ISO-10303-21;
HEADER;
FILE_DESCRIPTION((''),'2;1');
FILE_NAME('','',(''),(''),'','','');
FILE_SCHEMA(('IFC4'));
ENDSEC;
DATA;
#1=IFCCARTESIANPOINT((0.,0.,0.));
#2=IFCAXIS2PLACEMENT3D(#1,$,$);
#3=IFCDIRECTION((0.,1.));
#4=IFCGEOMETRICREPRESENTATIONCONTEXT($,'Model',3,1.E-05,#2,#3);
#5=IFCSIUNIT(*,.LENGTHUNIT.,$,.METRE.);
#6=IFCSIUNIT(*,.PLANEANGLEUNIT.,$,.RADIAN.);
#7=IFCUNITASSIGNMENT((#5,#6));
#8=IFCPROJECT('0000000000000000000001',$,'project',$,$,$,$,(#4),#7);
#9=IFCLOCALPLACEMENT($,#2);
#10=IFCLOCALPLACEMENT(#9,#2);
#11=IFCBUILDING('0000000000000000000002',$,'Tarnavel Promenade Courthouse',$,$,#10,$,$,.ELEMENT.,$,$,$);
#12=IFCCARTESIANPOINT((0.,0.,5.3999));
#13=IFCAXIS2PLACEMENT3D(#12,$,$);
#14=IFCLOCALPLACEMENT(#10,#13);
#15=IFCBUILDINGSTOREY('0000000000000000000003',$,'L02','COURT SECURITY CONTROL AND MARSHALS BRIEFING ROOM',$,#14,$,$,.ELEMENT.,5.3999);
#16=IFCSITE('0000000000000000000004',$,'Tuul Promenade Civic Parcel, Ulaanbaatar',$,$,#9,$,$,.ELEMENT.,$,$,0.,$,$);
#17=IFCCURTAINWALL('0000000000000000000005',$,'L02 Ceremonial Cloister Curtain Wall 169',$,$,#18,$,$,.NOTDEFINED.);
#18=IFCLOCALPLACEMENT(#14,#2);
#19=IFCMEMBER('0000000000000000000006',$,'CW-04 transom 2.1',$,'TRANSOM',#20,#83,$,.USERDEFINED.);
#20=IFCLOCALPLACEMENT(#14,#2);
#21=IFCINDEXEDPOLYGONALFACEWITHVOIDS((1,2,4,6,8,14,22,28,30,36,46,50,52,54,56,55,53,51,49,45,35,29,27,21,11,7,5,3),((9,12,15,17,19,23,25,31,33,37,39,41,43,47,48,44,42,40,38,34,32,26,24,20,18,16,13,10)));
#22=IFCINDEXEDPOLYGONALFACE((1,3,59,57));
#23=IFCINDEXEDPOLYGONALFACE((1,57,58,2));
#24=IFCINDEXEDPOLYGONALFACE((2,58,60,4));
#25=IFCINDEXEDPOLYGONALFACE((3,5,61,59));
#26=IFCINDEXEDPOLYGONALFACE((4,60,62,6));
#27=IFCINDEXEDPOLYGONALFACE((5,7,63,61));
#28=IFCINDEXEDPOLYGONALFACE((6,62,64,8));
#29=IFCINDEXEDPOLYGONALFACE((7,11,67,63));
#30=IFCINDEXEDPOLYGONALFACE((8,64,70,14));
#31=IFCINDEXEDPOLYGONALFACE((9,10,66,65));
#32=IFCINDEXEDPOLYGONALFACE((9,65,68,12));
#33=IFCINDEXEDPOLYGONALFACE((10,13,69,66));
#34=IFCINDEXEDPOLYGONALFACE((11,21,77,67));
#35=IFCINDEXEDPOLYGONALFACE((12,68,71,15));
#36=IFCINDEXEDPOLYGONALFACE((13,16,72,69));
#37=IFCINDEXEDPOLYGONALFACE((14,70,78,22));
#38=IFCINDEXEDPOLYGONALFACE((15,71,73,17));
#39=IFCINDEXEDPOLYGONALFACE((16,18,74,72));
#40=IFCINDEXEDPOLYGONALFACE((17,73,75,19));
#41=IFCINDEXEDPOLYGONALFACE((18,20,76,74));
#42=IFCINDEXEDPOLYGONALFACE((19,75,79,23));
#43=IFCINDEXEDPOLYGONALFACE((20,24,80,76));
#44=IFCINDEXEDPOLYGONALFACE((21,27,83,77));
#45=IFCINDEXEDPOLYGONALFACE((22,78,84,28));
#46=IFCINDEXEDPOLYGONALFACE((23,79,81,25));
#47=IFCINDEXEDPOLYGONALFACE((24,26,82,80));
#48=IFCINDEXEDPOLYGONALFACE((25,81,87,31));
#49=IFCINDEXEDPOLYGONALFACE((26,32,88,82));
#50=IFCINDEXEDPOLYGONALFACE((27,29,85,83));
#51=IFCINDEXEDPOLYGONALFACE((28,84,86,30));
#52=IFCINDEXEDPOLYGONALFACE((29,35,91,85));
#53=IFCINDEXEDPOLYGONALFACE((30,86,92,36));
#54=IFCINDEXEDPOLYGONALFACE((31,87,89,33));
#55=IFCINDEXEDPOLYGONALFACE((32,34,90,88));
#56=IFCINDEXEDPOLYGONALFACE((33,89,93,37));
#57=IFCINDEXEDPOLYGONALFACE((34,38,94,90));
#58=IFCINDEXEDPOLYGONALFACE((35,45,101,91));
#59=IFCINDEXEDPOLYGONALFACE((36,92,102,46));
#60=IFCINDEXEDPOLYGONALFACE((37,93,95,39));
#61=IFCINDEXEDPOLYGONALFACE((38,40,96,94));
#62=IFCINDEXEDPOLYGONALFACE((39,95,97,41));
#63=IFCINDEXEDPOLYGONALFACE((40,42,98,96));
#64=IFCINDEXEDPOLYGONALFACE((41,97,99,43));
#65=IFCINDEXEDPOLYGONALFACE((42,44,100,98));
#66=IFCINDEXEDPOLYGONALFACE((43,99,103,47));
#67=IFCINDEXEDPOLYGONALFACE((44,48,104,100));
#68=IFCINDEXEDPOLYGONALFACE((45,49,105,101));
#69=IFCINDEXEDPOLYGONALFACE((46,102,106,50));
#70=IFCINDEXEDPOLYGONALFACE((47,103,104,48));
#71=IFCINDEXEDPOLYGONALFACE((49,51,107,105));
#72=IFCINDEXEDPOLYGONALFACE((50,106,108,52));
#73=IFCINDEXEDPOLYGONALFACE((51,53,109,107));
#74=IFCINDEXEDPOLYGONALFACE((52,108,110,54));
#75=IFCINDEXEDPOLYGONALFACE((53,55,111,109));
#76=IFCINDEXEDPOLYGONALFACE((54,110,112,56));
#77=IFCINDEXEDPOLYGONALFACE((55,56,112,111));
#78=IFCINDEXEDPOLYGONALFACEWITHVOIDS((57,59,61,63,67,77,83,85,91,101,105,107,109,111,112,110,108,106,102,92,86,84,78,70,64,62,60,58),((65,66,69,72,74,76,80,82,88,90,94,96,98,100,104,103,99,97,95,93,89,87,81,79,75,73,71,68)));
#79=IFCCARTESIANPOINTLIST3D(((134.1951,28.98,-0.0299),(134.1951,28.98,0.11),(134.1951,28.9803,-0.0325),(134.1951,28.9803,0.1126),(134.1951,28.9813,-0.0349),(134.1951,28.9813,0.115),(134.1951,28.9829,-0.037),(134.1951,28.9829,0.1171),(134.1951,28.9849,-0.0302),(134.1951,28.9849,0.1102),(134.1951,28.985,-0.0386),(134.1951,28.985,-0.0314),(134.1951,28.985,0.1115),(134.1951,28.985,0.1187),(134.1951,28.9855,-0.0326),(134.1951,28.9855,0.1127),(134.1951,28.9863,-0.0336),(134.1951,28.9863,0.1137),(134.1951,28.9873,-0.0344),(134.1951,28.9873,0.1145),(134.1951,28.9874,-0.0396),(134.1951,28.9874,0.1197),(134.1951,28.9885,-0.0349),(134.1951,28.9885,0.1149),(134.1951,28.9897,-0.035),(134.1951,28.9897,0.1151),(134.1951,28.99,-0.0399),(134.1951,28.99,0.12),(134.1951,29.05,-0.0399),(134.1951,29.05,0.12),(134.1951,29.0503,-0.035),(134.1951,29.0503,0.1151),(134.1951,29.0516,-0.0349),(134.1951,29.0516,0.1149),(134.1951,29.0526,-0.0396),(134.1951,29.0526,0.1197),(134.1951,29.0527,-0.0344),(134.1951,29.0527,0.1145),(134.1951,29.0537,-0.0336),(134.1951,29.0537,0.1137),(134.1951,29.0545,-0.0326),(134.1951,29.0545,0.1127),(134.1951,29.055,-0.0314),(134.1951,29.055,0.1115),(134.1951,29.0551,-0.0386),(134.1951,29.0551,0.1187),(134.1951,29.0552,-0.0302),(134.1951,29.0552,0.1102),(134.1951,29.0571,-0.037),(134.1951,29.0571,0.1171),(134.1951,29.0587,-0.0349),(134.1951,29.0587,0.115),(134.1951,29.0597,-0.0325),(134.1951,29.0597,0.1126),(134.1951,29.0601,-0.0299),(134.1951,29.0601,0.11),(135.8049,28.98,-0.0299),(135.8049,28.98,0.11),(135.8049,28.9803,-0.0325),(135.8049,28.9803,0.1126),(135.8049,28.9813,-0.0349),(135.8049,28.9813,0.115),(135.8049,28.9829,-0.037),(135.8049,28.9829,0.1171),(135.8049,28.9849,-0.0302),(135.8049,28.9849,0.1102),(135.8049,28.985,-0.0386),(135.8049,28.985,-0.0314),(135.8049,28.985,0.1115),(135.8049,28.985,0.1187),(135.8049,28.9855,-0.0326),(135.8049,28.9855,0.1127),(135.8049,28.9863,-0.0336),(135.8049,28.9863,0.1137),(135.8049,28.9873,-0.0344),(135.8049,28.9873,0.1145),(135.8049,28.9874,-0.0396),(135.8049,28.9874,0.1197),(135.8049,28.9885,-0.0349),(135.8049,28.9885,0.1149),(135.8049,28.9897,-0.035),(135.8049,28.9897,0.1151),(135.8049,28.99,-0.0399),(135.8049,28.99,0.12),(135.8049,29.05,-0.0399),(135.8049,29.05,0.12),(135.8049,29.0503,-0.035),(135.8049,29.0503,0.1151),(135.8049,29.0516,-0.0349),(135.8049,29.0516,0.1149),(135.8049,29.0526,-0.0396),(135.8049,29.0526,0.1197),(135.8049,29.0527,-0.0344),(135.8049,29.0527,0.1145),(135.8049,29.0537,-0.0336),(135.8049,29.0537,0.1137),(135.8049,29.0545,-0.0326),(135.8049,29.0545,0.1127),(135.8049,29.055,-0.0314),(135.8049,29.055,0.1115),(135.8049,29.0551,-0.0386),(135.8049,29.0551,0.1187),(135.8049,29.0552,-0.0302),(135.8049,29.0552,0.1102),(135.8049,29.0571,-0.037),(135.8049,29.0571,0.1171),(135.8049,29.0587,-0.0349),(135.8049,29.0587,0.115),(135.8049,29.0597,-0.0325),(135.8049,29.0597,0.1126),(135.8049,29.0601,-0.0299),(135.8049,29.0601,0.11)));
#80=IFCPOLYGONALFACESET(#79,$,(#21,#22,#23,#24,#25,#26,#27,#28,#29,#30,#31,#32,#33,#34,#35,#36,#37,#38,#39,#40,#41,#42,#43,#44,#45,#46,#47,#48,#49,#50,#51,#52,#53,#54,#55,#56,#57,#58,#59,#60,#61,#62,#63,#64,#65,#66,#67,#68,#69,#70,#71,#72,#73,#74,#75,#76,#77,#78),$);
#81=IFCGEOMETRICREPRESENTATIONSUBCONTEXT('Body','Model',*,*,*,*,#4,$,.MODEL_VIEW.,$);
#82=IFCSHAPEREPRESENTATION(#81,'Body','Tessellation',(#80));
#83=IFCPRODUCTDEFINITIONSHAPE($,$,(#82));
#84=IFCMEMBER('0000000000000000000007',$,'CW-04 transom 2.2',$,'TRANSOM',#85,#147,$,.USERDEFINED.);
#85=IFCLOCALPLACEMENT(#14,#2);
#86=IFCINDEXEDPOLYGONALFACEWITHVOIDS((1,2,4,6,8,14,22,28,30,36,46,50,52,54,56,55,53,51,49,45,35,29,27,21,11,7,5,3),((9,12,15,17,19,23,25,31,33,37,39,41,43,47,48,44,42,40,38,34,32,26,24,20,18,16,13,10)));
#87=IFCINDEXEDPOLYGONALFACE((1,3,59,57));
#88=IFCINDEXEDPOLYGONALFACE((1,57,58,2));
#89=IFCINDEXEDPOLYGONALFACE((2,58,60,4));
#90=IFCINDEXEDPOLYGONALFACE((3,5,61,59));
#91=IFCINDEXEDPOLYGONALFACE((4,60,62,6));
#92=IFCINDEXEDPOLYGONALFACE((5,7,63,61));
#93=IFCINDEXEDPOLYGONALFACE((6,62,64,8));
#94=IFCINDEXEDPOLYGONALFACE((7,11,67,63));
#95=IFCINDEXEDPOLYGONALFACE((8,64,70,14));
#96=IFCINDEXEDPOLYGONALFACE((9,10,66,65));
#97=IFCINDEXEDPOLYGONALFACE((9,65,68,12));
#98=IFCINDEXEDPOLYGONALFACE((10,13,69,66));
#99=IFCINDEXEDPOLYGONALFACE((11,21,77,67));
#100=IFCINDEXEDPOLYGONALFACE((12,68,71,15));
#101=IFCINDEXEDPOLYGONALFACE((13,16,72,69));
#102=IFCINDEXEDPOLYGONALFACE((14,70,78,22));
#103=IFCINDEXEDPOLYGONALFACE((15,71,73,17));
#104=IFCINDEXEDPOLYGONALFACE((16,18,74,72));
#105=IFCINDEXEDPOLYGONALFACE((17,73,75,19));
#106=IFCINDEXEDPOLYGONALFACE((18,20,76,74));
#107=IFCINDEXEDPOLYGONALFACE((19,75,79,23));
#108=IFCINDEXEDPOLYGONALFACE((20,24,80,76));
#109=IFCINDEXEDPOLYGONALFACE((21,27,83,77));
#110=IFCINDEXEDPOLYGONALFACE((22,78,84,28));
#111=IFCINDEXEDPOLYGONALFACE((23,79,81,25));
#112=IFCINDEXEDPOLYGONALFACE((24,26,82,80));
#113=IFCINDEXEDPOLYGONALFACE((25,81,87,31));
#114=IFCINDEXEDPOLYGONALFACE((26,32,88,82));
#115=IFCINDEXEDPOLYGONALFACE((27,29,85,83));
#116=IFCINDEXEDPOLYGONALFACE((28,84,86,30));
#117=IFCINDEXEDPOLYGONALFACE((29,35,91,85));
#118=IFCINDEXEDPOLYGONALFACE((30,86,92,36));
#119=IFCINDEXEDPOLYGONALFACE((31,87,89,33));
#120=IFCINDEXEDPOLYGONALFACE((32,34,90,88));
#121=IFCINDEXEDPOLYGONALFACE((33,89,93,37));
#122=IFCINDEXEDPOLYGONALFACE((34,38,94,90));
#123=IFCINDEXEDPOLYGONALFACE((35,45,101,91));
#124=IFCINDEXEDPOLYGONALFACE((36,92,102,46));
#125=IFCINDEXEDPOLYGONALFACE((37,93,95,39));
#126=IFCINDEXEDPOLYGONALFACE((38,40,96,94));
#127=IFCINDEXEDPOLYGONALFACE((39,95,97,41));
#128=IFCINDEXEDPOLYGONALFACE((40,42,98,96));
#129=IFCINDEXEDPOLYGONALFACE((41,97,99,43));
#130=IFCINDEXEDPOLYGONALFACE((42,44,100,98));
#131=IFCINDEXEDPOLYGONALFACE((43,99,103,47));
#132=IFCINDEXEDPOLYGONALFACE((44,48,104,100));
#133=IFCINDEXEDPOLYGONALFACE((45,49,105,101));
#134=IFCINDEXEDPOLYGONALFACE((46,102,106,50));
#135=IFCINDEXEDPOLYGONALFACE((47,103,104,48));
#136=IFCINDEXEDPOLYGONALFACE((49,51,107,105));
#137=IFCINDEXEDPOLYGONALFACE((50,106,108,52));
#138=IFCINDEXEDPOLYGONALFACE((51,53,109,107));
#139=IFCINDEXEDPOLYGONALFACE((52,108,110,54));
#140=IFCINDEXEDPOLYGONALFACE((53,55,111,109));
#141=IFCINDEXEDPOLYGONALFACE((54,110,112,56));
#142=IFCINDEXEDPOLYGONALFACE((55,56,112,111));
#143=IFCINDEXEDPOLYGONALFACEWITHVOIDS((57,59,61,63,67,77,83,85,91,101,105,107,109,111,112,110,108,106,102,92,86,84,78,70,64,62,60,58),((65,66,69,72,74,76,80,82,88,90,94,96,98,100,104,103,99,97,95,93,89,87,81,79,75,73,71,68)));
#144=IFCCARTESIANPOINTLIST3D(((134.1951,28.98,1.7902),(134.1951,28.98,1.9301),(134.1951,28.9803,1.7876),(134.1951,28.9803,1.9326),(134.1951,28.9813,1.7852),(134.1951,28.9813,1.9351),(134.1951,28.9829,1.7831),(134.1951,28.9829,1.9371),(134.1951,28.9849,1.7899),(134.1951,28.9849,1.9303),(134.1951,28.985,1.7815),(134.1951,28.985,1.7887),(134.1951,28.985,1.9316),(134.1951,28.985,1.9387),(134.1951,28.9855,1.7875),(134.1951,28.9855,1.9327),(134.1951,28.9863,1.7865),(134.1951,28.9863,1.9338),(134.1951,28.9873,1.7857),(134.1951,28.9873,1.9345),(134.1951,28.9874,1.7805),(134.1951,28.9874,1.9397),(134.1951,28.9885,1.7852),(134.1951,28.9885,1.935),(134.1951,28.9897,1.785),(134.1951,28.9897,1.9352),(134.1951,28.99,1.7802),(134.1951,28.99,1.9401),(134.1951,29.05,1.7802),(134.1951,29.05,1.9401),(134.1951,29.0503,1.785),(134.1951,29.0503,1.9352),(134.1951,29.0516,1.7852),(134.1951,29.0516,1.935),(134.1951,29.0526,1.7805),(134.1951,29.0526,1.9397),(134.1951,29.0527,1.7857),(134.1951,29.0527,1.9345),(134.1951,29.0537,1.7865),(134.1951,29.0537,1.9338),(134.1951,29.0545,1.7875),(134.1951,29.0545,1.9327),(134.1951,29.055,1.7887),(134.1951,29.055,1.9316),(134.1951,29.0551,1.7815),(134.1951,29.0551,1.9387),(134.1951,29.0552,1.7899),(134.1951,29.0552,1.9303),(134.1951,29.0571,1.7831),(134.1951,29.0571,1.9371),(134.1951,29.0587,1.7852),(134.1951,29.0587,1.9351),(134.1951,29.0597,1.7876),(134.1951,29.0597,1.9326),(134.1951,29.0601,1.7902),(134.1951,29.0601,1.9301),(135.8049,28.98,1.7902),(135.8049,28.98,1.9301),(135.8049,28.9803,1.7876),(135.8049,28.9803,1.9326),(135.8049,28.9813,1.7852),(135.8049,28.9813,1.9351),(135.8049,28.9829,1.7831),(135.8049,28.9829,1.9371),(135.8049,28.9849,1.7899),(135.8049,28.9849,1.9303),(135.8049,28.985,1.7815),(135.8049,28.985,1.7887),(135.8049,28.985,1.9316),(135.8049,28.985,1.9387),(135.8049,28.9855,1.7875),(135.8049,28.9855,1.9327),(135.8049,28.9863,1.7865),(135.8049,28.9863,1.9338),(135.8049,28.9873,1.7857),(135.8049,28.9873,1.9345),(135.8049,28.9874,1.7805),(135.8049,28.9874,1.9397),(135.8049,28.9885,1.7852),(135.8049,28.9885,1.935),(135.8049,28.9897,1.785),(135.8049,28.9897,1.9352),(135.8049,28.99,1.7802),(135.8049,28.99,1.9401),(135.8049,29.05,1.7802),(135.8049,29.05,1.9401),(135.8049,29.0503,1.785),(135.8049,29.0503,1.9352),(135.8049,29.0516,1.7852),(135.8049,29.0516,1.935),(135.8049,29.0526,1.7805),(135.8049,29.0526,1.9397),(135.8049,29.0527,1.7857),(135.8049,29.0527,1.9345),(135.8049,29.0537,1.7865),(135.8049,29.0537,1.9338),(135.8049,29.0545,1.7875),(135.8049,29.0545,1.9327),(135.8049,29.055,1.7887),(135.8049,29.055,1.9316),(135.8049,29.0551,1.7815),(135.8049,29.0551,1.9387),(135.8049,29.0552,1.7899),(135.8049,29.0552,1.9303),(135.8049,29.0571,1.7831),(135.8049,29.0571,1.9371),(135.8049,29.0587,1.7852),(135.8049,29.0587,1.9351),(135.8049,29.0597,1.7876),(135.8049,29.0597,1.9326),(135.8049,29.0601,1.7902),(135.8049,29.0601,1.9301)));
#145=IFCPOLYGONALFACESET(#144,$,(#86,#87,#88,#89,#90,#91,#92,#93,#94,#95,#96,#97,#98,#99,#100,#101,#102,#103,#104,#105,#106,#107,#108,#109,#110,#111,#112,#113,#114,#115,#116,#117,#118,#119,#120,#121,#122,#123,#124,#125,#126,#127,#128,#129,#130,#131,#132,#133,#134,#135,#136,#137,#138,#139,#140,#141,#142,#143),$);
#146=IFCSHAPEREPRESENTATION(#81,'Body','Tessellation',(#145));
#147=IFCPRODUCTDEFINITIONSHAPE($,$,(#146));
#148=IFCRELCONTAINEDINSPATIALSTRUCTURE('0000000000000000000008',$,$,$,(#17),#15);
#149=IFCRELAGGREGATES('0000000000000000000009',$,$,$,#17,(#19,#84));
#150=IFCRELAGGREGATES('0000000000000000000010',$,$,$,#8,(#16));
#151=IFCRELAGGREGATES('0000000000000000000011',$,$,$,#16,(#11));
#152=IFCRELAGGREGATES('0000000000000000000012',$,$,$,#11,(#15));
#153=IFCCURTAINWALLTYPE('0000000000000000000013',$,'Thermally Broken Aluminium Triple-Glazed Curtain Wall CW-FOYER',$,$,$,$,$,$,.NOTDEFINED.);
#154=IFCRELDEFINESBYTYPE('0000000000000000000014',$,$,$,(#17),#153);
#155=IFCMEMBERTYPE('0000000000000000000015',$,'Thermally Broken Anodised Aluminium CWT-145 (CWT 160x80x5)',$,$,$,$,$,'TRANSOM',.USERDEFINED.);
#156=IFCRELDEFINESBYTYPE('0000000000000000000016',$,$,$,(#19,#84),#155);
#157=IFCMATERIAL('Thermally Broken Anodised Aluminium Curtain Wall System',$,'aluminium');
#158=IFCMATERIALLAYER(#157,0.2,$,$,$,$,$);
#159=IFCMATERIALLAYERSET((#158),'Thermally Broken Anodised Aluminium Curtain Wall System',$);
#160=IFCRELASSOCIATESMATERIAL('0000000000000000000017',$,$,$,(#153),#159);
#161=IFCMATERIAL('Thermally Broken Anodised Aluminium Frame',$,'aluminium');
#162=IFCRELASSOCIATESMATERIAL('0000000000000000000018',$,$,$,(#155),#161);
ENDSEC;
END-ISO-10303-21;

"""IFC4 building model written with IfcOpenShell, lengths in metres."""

from ifc_helpers import new_model, si_unit, direction, frame, origin, origin_2d, place, context, subcontext, project, spatial, hollow_rectangle, extrude, material, layer, layer_set, material_profile, profile_set, type_object, element, aggregate, save


model = new_model("IFC4")

# Units and contexts
model_context = context("Model", 3, precision=1e-05, world=origin(), true_north=direction((0.0, 1.0)))
body_context = subcontext(model_context, "Body", "Model", "MODEL_VIEW")
ifc_project = project(units=[si_unit("LENGTHUNIT", "METRE"), si_unit("PLANEANGLEUNIT", "RADIAN")], contexts=[model_context])

# Site, building, storey
site_placement = place(None, origin())
site = spatial("IfcSite", under=ifc_project, at=site_placement, Name="Tuul Promenade Civic Parcel, Ulaanbaatar", CompositionType="ELEMENT", RefElevation=0.0)
building_placement = place(site_placement, origin())
building = spatial("IfcBuilding", under=site, at=building_placement, Name="Tarnavel Promenade Courthouse", CompositionType="ELEMENT")
storey_placement = place(building_placement, frame((0.0, 0.0, 5.3999)))
storey = spatial("IfcBuildingStorey", under=building, at=storey_placement, Name="L02", Description="COURT SECURITY CONTROL AND MARSHALS BRIEFING ROOM", CompositionType="ELEMENT", Elevation=5.3999)

# Curtain wall
ifc_material_1 = material(Name="Thermally Broken Anodised Aluminium Curtain Wall System", Category="aluminium")
ifc_layer_1 = layer(ifc_material_1, 0.2)
ifc_layer_set_1 = layer_set([ifc_layer_1], Name="Thermally Broken Anodised Aluminium Curtain Wall System")
curtain_wall_type = type_object("IfcCurtainWallType", Name="Thermally Broken Aluminium Triple-Glazed Curtain Wall CW-FOYER", PredefinedType="NOTDEFINED", material=ifc_layer_set_1)
ifc_material_2 = material(Name="Thermally Broken Anodised Aluminium Frame", Category="aluminium")
curtain_wall_1_placement = place(storey_placement, origin())
curtain_wall_1 = element("IfcCurtainWall", 1, at=curtain_wall_1_placement, inside=storey, type_object=curtain_wall_type, Name="L02 Ceremonial Cloister Curtain Wall 169", PredefinedType="NOTDEFINED")

# Members
ifc_material_profile_1 = material_profile(ifc_material_2, hollow_rectangle(XDim=0.0801, YDim=0.1599, WallThickness=0.0049, InnerFilletRadius=0.0049, OuterFilletRadius=0.01, at=origin_2d()), Name="CWT 160x80x5")
ifc_profile_set_1 = profile_set([ifc_material_profile_1], Name="Thermally Broken Anodised Aluminium Frame")
member_type_1 = type_object("IfcMemberType", Name="Thermally Broken Anodised Aluminium CWT-145 (CWT 160x80x5)", ElementType="TRANSOM", PredefinedType="USERDEFINED", material=ifc_profile_set_1)
member_1_placement = place(storey_placement, frame((134.1951, 29.02, 0.04), z_axis=(1.0, 0.0, 0.0), x_axis=(0.0, 1.0, 0.0)))
member_1 = element("IfcMember", 2, at=member_1_placement, type_object=member_type_1, Name="CW-04 transom 2.1", ObjectType="TRANSOM", PredefinedType="USERDEFINED", context=body_context, shape_type="SweptSolid", body=[
    extrude(hollow_rectangle(XDim=0.0801, YDim=0.1599, WallThickness=0.0049, InnerFilletRadius=0.0049, OuterFilletRadius=0.01, at=origin_2d()), origin(), (0.0, 0.0, 1.0), 1.6099),
])
member_2_placement = place(storey_placement, frame((134.1951, 29.02, 1.8601), z_axis=(1.0, 0.0, 0.0), x_axis=(0.0, 1.0, 0.0)))
member_2 = element("IfcMember", 3, at=member_2_placement, type_object=member_type_1, Name="CW-04 transom 2.2", ObjectType="TRANSOM", PredefinedType="USERDEFINED", context=body_context, shape_type="SweptSolid", body=[
    extrude(hollow_rectangle(XDim=0.0801, YDim=0.1599, WallThickness=0.0049, InnerFilletRadius=0.0049, OuterFilletRadius=0.01, at=origin_2d()), origin(), (0.0, 0.0, 1.0), 1.6099),
])

aggregate(curtain_wall_1, [member_1, member_2])

save(model, "model.ifc")
